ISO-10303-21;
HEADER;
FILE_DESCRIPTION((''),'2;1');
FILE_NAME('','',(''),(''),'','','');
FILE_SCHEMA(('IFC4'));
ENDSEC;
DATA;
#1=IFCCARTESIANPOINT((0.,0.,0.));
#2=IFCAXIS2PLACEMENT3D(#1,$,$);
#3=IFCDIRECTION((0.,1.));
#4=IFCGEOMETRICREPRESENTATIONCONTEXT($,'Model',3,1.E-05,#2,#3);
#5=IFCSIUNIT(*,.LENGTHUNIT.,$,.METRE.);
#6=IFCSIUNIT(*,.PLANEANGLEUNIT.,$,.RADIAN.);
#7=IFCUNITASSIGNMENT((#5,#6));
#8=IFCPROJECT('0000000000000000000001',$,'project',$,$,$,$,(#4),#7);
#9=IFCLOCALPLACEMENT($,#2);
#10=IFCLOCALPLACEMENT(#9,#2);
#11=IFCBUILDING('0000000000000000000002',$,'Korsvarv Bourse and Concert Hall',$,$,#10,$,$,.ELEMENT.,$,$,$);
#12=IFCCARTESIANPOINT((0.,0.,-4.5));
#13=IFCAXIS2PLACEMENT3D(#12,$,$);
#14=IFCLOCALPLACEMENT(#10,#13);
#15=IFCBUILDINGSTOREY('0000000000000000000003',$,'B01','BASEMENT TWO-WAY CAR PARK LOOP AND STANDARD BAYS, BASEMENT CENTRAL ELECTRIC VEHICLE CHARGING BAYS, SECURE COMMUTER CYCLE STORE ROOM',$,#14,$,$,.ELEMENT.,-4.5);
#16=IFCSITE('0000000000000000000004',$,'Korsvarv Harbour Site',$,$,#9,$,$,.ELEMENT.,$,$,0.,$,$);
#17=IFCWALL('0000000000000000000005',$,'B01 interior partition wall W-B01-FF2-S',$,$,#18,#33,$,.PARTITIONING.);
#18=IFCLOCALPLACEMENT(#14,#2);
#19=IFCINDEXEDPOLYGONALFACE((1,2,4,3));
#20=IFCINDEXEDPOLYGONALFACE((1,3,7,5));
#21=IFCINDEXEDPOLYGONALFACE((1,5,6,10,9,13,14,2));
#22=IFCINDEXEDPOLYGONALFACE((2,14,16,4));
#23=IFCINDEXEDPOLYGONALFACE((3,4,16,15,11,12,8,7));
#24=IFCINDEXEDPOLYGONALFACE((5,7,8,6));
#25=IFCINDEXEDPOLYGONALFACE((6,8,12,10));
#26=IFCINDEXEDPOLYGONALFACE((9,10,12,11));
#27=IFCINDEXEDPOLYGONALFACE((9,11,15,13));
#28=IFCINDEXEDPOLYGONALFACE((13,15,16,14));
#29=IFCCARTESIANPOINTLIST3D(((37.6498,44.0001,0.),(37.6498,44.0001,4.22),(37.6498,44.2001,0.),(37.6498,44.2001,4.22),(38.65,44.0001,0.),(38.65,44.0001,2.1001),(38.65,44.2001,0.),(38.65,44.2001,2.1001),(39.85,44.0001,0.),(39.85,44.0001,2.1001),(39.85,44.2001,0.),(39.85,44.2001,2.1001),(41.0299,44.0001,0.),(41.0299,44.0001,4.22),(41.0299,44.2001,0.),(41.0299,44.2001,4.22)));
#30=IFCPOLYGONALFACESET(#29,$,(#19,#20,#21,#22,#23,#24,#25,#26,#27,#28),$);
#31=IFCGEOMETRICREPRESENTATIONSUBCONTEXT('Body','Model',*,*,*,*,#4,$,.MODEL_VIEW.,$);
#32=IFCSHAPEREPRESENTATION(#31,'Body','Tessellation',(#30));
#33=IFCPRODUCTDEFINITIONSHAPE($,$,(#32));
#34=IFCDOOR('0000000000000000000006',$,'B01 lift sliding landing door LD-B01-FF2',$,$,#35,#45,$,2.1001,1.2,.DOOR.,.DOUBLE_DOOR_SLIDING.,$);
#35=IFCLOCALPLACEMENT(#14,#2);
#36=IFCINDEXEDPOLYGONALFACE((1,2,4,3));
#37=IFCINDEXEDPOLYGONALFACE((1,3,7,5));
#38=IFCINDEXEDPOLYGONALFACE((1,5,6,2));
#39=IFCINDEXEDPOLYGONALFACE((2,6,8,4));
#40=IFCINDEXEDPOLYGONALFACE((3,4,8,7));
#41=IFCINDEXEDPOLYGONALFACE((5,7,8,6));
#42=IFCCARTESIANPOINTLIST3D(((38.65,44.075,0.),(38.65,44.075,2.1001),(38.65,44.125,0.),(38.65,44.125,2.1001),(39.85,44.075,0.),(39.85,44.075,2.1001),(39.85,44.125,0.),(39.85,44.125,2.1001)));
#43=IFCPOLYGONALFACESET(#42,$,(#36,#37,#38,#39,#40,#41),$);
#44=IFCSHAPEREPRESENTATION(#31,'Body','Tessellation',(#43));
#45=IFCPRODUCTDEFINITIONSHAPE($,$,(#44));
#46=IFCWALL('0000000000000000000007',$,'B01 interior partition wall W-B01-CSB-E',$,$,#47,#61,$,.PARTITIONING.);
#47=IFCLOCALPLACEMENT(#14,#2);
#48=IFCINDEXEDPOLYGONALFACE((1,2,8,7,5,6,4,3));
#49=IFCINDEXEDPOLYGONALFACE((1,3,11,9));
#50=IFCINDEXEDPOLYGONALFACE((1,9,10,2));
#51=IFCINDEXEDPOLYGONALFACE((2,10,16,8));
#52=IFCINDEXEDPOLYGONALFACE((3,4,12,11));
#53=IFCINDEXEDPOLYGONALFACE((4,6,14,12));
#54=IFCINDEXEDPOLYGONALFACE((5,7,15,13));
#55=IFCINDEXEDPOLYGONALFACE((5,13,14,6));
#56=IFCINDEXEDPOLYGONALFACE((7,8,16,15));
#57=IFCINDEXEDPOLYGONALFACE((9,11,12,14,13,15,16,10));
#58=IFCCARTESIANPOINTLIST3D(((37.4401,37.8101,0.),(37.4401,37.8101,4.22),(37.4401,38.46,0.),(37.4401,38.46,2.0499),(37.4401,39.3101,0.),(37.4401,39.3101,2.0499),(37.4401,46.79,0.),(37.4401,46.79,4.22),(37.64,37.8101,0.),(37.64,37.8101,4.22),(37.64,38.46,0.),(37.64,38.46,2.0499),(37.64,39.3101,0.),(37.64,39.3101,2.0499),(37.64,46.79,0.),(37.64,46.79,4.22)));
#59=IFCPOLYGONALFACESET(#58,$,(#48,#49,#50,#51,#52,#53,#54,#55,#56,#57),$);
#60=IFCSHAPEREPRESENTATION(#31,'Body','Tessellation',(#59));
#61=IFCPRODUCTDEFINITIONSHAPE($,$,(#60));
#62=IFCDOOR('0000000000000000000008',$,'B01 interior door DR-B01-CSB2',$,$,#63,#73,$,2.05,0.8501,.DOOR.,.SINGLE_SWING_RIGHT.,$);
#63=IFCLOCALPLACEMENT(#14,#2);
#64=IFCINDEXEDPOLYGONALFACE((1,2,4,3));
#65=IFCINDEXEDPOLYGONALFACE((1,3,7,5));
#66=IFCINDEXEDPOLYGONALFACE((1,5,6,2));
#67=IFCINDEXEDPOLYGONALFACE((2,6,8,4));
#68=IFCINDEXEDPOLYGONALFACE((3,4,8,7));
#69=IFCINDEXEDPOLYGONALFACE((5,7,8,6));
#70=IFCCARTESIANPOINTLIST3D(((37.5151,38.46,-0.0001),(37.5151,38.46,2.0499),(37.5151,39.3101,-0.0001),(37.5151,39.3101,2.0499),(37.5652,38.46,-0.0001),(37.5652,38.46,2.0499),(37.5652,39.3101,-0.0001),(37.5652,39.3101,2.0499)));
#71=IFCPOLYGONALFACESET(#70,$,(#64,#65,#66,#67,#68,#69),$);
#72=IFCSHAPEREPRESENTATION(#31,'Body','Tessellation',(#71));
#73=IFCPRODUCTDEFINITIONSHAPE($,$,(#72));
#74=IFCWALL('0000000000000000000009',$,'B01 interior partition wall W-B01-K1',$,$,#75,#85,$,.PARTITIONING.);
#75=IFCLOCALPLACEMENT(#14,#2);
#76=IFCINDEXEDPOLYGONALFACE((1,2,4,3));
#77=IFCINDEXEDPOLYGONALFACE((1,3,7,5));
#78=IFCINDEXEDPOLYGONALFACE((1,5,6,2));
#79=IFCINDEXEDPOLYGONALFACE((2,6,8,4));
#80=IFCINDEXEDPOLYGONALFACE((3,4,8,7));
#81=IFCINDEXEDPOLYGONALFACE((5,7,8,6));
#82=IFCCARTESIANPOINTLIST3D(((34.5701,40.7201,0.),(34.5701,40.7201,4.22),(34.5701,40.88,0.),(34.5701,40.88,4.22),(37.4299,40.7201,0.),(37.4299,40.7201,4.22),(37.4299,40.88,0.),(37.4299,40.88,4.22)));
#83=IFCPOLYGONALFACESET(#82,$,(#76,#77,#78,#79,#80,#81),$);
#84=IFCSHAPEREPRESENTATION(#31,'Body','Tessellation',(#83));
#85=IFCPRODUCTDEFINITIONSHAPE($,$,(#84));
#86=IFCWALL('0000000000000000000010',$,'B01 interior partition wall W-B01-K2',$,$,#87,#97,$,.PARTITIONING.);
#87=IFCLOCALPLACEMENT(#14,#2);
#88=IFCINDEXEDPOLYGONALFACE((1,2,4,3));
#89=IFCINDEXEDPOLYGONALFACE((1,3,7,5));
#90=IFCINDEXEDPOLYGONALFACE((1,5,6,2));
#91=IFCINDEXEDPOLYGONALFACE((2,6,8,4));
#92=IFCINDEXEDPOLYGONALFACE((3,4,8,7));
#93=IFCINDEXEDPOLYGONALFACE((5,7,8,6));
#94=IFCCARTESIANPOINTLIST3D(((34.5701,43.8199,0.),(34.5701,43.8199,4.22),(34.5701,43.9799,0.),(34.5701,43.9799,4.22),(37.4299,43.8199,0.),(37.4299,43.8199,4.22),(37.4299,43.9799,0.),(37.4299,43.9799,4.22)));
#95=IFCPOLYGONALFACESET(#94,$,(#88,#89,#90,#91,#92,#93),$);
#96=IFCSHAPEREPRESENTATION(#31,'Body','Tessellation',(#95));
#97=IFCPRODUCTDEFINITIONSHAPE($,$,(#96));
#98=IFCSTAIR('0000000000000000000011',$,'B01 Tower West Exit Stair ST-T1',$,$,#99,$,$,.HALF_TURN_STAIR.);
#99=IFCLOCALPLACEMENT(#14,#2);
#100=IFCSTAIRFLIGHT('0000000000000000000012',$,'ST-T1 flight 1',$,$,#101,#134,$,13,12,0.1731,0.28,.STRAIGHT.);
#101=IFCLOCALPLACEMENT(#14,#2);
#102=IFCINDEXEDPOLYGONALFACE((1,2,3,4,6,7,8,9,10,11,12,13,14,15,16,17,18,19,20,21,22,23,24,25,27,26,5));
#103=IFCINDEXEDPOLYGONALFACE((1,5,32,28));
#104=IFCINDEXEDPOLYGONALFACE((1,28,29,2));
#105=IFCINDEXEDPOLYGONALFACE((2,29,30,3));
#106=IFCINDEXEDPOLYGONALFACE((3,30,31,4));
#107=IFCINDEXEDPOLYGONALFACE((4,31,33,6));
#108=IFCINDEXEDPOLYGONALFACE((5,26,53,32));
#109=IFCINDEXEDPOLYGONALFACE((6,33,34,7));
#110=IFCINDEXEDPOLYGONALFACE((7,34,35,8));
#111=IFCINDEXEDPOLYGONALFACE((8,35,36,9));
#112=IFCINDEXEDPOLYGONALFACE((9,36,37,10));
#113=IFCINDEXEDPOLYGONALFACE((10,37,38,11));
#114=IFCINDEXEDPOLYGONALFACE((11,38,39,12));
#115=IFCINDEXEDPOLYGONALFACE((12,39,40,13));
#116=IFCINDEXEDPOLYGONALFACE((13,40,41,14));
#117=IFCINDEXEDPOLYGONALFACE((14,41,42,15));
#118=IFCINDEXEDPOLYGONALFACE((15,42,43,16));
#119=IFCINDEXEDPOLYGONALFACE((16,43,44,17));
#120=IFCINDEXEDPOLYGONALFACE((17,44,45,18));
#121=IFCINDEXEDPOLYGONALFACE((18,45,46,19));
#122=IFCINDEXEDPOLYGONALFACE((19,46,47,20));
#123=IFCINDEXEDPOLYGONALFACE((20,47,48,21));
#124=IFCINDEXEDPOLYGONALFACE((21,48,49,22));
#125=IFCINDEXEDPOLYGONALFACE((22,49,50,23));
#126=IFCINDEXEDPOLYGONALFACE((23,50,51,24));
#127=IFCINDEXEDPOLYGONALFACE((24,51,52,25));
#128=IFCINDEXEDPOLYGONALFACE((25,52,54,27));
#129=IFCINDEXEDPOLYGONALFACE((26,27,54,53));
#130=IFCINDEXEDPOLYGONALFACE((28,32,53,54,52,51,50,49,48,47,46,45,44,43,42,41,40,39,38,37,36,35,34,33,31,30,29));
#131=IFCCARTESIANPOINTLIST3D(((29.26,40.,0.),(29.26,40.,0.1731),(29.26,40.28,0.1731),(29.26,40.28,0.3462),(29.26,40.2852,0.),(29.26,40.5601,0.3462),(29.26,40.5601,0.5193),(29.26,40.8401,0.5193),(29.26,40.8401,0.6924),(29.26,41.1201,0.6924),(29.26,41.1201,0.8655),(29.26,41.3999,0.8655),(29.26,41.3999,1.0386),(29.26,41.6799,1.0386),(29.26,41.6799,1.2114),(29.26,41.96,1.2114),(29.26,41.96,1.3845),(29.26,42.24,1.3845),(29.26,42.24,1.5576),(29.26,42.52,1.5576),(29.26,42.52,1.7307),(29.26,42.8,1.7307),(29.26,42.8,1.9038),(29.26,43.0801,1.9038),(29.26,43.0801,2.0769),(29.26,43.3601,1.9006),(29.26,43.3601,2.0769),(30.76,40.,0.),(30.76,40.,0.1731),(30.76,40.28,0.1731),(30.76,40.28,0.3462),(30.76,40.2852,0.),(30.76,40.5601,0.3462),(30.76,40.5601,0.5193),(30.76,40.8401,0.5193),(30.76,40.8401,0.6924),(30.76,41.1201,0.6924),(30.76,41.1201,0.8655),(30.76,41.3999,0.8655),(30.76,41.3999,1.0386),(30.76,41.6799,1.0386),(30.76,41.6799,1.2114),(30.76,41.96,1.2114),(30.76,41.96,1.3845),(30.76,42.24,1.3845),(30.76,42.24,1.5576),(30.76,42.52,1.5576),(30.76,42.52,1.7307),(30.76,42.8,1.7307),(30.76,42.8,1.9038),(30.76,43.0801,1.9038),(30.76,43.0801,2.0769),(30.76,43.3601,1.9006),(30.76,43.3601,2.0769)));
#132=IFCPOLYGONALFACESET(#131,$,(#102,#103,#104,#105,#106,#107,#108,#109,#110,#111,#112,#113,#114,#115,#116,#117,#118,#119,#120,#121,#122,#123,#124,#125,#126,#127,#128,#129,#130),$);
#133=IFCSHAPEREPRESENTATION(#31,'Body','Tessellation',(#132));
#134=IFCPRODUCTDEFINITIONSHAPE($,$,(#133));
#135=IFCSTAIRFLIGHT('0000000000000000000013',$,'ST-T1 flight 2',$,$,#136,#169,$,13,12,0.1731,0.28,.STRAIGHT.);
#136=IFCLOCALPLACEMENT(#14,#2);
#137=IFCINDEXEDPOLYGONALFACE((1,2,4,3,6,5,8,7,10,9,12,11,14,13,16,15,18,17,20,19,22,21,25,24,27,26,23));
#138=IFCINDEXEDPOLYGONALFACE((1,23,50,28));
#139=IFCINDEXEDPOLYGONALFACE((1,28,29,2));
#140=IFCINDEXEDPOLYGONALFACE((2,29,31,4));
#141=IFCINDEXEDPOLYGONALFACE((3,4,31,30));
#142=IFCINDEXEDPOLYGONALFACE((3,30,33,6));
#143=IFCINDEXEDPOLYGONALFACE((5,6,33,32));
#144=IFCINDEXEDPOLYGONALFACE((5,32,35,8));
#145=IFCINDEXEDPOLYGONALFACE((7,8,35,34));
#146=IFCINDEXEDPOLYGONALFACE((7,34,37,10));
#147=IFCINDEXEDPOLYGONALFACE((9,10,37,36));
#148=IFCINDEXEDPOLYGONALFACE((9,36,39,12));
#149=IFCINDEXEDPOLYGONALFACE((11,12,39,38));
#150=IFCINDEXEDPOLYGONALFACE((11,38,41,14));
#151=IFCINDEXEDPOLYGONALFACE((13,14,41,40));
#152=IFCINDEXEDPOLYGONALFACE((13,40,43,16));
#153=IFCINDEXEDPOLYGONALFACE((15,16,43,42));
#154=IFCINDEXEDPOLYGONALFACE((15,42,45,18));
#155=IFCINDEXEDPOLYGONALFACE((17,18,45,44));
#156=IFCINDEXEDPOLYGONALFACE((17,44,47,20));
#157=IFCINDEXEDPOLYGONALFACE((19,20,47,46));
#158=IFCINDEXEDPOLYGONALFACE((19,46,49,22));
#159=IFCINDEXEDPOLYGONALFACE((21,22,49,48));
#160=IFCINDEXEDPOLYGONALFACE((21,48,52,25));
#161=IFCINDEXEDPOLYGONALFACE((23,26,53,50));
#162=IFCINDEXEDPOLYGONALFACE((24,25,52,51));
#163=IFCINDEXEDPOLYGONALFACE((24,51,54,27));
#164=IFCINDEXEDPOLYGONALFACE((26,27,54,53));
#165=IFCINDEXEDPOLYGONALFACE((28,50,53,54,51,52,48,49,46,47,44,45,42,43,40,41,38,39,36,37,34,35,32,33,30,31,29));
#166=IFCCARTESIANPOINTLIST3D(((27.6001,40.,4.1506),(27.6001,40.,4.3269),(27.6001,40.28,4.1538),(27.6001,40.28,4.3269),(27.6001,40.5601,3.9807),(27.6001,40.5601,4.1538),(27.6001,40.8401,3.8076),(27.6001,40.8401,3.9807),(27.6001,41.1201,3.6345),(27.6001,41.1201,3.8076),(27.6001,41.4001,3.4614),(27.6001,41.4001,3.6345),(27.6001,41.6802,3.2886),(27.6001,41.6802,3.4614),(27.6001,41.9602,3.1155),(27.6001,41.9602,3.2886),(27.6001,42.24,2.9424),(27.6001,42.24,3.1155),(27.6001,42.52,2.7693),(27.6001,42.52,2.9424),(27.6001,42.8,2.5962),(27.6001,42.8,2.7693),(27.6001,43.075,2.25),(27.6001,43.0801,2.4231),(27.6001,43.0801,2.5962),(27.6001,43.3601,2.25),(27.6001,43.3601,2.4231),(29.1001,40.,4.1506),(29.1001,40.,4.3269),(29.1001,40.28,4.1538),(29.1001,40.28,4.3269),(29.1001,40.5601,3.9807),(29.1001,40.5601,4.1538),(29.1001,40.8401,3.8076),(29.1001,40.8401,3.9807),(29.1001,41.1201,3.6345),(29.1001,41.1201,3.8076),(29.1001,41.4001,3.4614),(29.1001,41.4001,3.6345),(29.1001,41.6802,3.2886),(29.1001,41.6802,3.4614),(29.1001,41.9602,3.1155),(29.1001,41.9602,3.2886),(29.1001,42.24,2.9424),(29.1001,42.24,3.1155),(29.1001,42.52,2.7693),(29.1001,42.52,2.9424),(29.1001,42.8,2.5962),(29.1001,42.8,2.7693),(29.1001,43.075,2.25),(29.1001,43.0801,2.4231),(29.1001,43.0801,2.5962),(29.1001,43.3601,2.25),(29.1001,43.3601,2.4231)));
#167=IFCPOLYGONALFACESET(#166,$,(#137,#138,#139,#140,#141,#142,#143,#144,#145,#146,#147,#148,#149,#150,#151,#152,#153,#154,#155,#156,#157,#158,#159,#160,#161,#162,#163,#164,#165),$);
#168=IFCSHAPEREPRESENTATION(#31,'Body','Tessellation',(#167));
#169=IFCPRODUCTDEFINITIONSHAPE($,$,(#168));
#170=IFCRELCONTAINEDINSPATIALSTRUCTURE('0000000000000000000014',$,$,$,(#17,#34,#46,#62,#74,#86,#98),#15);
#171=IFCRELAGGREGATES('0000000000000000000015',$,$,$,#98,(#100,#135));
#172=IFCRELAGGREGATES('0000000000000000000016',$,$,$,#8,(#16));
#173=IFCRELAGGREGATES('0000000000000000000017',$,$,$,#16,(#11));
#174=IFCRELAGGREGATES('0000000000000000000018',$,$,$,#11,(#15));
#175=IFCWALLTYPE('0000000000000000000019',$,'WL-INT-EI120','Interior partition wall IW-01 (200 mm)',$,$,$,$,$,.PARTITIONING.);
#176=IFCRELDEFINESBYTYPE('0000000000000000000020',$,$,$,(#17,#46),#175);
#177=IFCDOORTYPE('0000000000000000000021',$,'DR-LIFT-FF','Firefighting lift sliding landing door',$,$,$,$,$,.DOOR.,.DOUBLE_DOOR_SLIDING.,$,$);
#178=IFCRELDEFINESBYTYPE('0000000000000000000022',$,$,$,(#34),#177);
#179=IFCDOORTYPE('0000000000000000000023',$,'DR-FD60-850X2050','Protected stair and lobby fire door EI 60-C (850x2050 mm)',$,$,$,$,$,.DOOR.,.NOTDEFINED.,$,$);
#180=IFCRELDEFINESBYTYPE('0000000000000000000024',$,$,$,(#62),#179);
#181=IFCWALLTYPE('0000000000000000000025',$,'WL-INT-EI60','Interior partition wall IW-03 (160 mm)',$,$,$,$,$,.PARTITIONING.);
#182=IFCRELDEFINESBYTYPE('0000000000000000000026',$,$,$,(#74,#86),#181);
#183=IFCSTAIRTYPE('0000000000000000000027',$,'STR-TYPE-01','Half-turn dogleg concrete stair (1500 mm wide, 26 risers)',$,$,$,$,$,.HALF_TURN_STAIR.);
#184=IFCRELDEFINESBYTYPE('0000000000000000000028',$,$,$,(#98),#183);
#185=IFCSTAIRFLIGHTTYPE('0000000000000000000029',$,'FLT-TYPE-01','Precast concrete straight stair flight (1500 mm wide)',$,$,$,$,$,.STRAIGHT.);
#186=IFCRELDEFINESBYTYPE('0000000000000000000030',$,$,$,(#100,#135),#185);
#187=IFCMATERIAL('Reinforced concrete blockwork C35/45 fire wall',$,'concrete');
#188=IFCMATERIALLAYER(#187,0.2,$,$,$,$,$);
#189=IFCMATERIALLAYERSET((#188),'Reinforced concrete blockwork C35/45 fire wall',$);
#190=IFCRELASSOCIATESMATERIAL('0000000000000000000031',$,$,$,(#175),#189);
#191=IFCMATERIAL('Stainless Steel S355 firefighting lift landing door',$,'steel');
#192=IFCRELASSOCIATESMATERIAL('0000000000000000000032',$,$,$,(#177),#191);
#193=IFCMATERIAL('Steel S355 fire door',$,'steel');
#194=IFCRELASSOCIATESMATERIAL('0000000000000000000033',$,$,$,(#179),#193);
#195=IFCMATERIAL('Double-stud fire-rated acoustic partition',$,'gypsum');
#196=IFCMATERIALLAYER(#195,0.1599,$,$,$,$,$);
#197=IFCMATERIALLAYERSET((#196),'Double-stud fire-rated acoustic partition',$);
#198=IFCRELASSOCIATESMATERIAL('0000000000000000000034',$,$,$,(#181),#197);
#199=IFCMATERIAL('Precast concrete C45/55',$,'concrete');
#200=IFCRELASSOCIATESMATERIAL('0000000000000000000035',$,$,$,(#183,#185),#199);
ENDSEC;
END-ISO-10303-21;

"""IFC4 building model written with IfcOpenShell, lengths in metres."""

from ifc_helpers import new_model, si_unit, direction, frame, frame_2d, origin, place, context, subcontext, project, spatial, polyline, rectangle, outline, extrude, material, layer, layer_set, type_object, element, fill, aggregate, save


model = new_model("IFC4")

# Units and contexts
model_context = context("Model", 3, precision=1e-05, world=origin(), true_north=direction((0.0, 1.0)))
body_context = subcontext(model_context, "Body", "Model", "MODEL_VIEW")
ifc_project = project(units=[si_unit("LENGTHUNIT", "METRE"), si_unit("PLANEANGLEUNIT", "RADIAN")], contexts=[model_context])

# Site, building, storey
site_placement = place(None, origin())
site = spatial("IfcSite", under=ifc_project, at=site_placement, Name="Korsvarv Harbour Site", CompositionType="ELEMENT", RefElevation=0.0)
building_placement = place(site_placement, origin())
building = spatial("IfcBuilding", under=site, at=building_placement, Name="Korsvarv Bourse and Concert Hall", CompositionType="ELEMENT")
storey_placement = place(building_placement, frame((0.0, 0.0, -4.5)))
storey = spatial("IfcBuildingStorey", under=building, at=storey_placement, Name="B01", Description="BASEMENT TWO-WAY CAR PARK LOOP AND STANDARD BAYS, BASEMENT CENTRAL ELECTRIC VEHICLE CHARGING BAYS, SECURE COMMUTER CYCLE STORE ROOM", CompositionType="ELEMENT", Elevation=-4.5)

# Shared definitions
ifc_material_1 = material(Name="Steel S355 fire door", Category="steel")

# Walls, openings, doors
ifc_material_2 = material(Name="Reinforced concrete blockwork C35/45 fire wall", Category="concrete")
ifc_layer_1 = layer(ifc_material_2, 0.2)
ifc_layer_set_1 = layer_set([ifc_layer_1], Name="Reinforced concrete blockwork C35/45 fire wall")
wall_type_1 = type_object("IfcWallType", Name="WL-INT-EI120", Description="Interior partition wall IW-01 (200 mm)", PredefinedType="PARTITIONING", material=ifc_layer_set_1)
ifc_material_3 = material(Name="Stainless Steel S355 firefighting lift landing door", Category="steel")
door_type_1 = type_object("IfcDoorType", Name="DR-LIFT-FF", Description="Firefighting lift sliding landing door", OperationType="DOUBLE_DOOR_SLIDING", PredefinedType="DOOR", material=ifc_material_3)
wall_1_placement = place(storey_placement, frame((37.6499, 44.1001, 0.0), z_axis=(0.0, 0.0, 1.0), x_axis=(1.0, 0.0, 0.0)))
wall_1 = element("IfcWall", 1, at=wall_1_placement, inside=storey, type_object=wall_type_1, Name="B01 interior partition wall W-B01-FF2-S", PredefinedType="PARTITIONING", context=body_context, shape_type="SweptSolid", body=[
    extrude(rectangle(XDim=3.3801, YDim=0.2, at=frame_2d((1.6899, 0.0))), origin(), (0.0, 0.0, 1.0), 4.22),
])
opening_1_placement = place(wall_1_placement, frame((1.0, 0.0, 0.0)))
opening_1 = element("IfcOpeningElement", 2, at=opening_1_placement, cuts=wall_1, PredefinedType="OPENING", context=body_context, shape_type="SweptSolid", body=[
    extrude(rectangle(XDim=1.2, YDim=2.1001, at=frame_2d((0.6001, 1.05))), frame((0.0, 0.1099, 0.0), z_axis=(0.0, -1.0, 0.0), x_axis=(1.0, 0.0, 0.0)), (0.0, 0.0, 1.0), 0.22),
])
door_1_placement = place(opening_1_placement, origin())
door_1 = element("IfcDoor", 3, at=door_1_placement, inside=storey, type_object=door_type_1, Name="B01 lift sliding landing door LD-B01-FF2", OperationType="DOUBLE_DOOR_SLIDING", OverallHeight=2.1001, OverallWidth=1.2, PredefinedType="DOOR", context=body_context, shape_type="SweptSolid", body=[
    extrude(rectangle(XDim=1.2, YDim=2.1001, at=frame_2d((0.6001, 1.05))), frame((0.0, 0.0249, 0.0), z_axis=(0.0, -1.0, 0.0), x_axis=(1.0, 0.0, 0.0)), (0.0, 0.0, 1.0), 0.05),
])
fill(opening_1, door_1)
wall_2_placement = place(storey_placement, frame((37.54, 37.8101, 0.0), z_axis=(0.0, 0.0, 1.0), x_axis=(0.0, 1.0, 0.0)))
wall_2 = element("IfcWall", 4, at=wall_2_placement, inside=storey, type_object=wall_type_1, Name="B01 interior partition wall W-B01-CSB-E", PredefinedType="PARTITIONING", context=body_context, shape_type="SweptSolid", body=[
    extrude(rectangle(XDim=8.98, YDim=0.2, at=frame_2d((4.49, 0.0))), origin(), (0.0, 0.0, 1.0), 4.22),
])
opening_2_placement = place(wall_2_placement, frame((0.6499, 0.0, 0.0)))
opening_2 = element("IfcOpeningElement", 5, at=opening_2_placement, cuts=wall_2, PredefinedType="OPENING", context=body_context, shape_type="SweptSolid", body=[
    extrude(rectangle(XDim=0.8501, YDim=2.05, at=frame_2d((0.425, 1.0249))), frame((0.0, 0.1099, 0.0), z_axis=(0.0, -1.0, 0.0), x_axis=(1.0, 0.0, 0.0)), (0.0, 0.0, 1.0), 0.22),
])
door_type_2 = type_object("IfcDoorType", Name="DR-FD60-850X2050", Description="Protected stair and lobby fire door EI 60-C (850x2050 mm)", OperationType="NOTDEFINED", PredefinedType="DOOR", material=ifc_material_1)
door_2_placement = place(opening_2_placement, origin())
door_2 = element("IfcDoor", 6, at=door_2_placement, inside=storey, type_object=door_type_2, Name="B01 interior door DR-B01-CSB2", OperationType="SINGLE_SWING_RIGHT", OverallHeight=2.05, OverallWidth=0.8501, PredefinedType="DOOR", context=body_context, shape_type="SweptSolid", body=[
    extrude(rectangle(XDim=0.8501, YDim=2.05, at=frame_2d((0.425, 1.0249))), frame((0.0, 0.0249, 0.0), z_axis=(0.0, -1.0, 0.0), x_axis=(1.0, 0.0, 0.0)), (0.0, 0.0, 1.0), 0.05),
])
fill(opening_2, door_2)

# Walls
ifc_material_4 = material(Name="Double-stud fire-rated acoustic partition", Category="gypsum")
ifc_layer_2 = layer(ifc_material_4, 0.1599)
ifc_layer_set_2 = layer_set([ifc_layer_2], Name="Double-stud fire-rated acoustic partition")
wall_type_2 = type_object("IfcWallType", Name="WL-INT-EI60", Description="Interior partition wall IW-03 (160 mm)", PredefinedType="PARTITIONING", material=ifc_layer_set_2)
for number, where, z_axis, x_axis, name in (
    (7, (34.5701, 40.8, 0.0), (0.0, 0.0, 1.0), (1.0, 0.0, 0.0), "B01 interior partition wall W-B01-K1"),
    (8, (34.5701, 43.8999, 0.0), (0.0, 0.0, 1.0), (1.0, 0.0, 0.0), "B01 interior partition wall W-B01-K2"),
):
    element("IfcWall", number, at=place(storey_placement, frame(where, z_axis=z_axis, x_axis=x_axis)), inside=storey, type_object=wall_type_2, Name=name, PredefinedType="PARTITIONING", context=body_context, shape_type="SweptSolid", body=[
        extrude(rectangle(XDim=2.8599, YDim=0.1599, at=frame_2d((1.4299, 0.0))), origin(), (0.0, 0.0, 1.0), 4.22),
    ])

# Stair, stair flights
ifc_material_5 = material(Name="Precast concrete C45/55", Category="concrete")
stair_type = type_object("IfcStairType", Name="STR-TYPE-01", Description="Half-turn dogleg concrete stair (1500 mm wide, 26 risers)", PredefinedType="HALF_TURN_STAIR", material=ifc_material_5)
stair_placement = place(storey_placement, origin())
stair = element("IfcStair", 9, at=stair_placement, inside=storey, type_object=stair_type, Name="B01 Tower West Exit Stair ST-T1", PredefinedType="HALF_TURN_STAIR")
stair_flight_type = type_object("IfcStairFlightType", Name="FLT-TYPE-01", Description="Precast concrete straight stair flight (1500 mm wide)", PredefinedType="STRAIGHT", material=ifc_material_5)
stair_flight_1_placement = place(storey_placement, frame((30.01, 40.0, 0.0), z_axis=(0.0, 0.0, 1.0), x_axis=(0.0, 1.0, 0.0)))
stair_flight_1 = element("IfcStairFlight", 10, at=stair_flight_1_placement, type_object=stair_flight_type, Name="ST-T1 flight 1", NumberOfRisers=13, NumberOfTreads=12, PredefinedType="STRAIGHT", RiserHeight=0.1731, TreadLength=0.28, context=body_context, shape_type="SweptSolid", body=[
    extrude(outline(polyline([(0.0, 0.0), (0.0, 0.1731), (0.28, 0.1731), (0.28, 0.3462), (0.5601, 0.3462), (0.5601, 0.5193), (0.8401, 0.5193), (0.8401, 0.6924), (1.1201, 0.6924), (1.1201, 0.8655), (1.3999, 0.8655), (1.3999, 1.0386), (1.6799, 1.0386), (1.6799, 1.2114), (1.96, 1.2114), (1.96, 1.3845), (2.24, 1.3845), (2.24, 1.5576), (2.52, 1.5576), (2.52, 1.7307), (2.8, 1.7307), (2.8, 1.9038), (3.0801, 1.9038), (3.0801, 2.0769), (3.3601, 2.0769), (3.3601, 2.25), (3.3601, 1.9006), (0.2852, 0.0), (0.0, 0.0)])), frame((0.0, 0.75, 0.0), z_axis=(0.0, -1.0, 0.0), x_axis=(1.0, 0.0, 0.0)), (0.0, 0.0, 1.0), 1.5),
])
stair_flight_2_placement = place(storey_placement, frame((28.3501, 43.3601, 2.25), z_axis=(0.0, 0.0, 1.0), x_axis=(0.0, -1.0, 0.0)))
stair_flight_2 = element("IfcStairFlight", 11, at=stair_flight_2_placement, type_object=stair_flight_type, Name="ST-T1 flight 2", NumberOfRisers=13, NumberOfTreads=12, PredefinedType="STRAIGHT", RiserHeight=0.1731, TreadLength=0.28, context=body_context, shape_type="SweptSolid", body=[
    extrude(outline(polyline([(0.0, 0.0), (0.0, 0.1731), (0.28, 0.1731), (0.28, 0.3462), (0.5601, 0.3462), (0.5601, 0.5193), (0.8401, 0.5193), (0.8401, 0.6924), (1.1201, 0.6924), (1.1201, 0.8655), (1.3999, 0.8655), (1.3999, 1.0386), (1.6799, 1.0386), (1.6799, 1.2114), (1.96, 1.2114), (1.96, 1.3845), (2.24, 1.3845), (2.24, 1.5576), (2.52, 1.5576), (2.52, 1.7307), (2.8, 1.7307), (2.8, 1.9038), (3.0801, 1.9038), (3.0801, 2.0769), (3.3601, 2.0769), (3.3601, 2.25), (3.3601, 1.9006), (0.2852, 0.0), (0.0, 0.0)])), frame((0.0, 0.75, 0.0), z_axis=(0.0, -1.0, 0.0), x_axis=(1.0, 0.0, 0.0)), (0.0, 0.0, 1.0), 1.5),
])
aggregate(stair, [stair_flight_1, stair_flight_2])

save(model, "model.ifc")
